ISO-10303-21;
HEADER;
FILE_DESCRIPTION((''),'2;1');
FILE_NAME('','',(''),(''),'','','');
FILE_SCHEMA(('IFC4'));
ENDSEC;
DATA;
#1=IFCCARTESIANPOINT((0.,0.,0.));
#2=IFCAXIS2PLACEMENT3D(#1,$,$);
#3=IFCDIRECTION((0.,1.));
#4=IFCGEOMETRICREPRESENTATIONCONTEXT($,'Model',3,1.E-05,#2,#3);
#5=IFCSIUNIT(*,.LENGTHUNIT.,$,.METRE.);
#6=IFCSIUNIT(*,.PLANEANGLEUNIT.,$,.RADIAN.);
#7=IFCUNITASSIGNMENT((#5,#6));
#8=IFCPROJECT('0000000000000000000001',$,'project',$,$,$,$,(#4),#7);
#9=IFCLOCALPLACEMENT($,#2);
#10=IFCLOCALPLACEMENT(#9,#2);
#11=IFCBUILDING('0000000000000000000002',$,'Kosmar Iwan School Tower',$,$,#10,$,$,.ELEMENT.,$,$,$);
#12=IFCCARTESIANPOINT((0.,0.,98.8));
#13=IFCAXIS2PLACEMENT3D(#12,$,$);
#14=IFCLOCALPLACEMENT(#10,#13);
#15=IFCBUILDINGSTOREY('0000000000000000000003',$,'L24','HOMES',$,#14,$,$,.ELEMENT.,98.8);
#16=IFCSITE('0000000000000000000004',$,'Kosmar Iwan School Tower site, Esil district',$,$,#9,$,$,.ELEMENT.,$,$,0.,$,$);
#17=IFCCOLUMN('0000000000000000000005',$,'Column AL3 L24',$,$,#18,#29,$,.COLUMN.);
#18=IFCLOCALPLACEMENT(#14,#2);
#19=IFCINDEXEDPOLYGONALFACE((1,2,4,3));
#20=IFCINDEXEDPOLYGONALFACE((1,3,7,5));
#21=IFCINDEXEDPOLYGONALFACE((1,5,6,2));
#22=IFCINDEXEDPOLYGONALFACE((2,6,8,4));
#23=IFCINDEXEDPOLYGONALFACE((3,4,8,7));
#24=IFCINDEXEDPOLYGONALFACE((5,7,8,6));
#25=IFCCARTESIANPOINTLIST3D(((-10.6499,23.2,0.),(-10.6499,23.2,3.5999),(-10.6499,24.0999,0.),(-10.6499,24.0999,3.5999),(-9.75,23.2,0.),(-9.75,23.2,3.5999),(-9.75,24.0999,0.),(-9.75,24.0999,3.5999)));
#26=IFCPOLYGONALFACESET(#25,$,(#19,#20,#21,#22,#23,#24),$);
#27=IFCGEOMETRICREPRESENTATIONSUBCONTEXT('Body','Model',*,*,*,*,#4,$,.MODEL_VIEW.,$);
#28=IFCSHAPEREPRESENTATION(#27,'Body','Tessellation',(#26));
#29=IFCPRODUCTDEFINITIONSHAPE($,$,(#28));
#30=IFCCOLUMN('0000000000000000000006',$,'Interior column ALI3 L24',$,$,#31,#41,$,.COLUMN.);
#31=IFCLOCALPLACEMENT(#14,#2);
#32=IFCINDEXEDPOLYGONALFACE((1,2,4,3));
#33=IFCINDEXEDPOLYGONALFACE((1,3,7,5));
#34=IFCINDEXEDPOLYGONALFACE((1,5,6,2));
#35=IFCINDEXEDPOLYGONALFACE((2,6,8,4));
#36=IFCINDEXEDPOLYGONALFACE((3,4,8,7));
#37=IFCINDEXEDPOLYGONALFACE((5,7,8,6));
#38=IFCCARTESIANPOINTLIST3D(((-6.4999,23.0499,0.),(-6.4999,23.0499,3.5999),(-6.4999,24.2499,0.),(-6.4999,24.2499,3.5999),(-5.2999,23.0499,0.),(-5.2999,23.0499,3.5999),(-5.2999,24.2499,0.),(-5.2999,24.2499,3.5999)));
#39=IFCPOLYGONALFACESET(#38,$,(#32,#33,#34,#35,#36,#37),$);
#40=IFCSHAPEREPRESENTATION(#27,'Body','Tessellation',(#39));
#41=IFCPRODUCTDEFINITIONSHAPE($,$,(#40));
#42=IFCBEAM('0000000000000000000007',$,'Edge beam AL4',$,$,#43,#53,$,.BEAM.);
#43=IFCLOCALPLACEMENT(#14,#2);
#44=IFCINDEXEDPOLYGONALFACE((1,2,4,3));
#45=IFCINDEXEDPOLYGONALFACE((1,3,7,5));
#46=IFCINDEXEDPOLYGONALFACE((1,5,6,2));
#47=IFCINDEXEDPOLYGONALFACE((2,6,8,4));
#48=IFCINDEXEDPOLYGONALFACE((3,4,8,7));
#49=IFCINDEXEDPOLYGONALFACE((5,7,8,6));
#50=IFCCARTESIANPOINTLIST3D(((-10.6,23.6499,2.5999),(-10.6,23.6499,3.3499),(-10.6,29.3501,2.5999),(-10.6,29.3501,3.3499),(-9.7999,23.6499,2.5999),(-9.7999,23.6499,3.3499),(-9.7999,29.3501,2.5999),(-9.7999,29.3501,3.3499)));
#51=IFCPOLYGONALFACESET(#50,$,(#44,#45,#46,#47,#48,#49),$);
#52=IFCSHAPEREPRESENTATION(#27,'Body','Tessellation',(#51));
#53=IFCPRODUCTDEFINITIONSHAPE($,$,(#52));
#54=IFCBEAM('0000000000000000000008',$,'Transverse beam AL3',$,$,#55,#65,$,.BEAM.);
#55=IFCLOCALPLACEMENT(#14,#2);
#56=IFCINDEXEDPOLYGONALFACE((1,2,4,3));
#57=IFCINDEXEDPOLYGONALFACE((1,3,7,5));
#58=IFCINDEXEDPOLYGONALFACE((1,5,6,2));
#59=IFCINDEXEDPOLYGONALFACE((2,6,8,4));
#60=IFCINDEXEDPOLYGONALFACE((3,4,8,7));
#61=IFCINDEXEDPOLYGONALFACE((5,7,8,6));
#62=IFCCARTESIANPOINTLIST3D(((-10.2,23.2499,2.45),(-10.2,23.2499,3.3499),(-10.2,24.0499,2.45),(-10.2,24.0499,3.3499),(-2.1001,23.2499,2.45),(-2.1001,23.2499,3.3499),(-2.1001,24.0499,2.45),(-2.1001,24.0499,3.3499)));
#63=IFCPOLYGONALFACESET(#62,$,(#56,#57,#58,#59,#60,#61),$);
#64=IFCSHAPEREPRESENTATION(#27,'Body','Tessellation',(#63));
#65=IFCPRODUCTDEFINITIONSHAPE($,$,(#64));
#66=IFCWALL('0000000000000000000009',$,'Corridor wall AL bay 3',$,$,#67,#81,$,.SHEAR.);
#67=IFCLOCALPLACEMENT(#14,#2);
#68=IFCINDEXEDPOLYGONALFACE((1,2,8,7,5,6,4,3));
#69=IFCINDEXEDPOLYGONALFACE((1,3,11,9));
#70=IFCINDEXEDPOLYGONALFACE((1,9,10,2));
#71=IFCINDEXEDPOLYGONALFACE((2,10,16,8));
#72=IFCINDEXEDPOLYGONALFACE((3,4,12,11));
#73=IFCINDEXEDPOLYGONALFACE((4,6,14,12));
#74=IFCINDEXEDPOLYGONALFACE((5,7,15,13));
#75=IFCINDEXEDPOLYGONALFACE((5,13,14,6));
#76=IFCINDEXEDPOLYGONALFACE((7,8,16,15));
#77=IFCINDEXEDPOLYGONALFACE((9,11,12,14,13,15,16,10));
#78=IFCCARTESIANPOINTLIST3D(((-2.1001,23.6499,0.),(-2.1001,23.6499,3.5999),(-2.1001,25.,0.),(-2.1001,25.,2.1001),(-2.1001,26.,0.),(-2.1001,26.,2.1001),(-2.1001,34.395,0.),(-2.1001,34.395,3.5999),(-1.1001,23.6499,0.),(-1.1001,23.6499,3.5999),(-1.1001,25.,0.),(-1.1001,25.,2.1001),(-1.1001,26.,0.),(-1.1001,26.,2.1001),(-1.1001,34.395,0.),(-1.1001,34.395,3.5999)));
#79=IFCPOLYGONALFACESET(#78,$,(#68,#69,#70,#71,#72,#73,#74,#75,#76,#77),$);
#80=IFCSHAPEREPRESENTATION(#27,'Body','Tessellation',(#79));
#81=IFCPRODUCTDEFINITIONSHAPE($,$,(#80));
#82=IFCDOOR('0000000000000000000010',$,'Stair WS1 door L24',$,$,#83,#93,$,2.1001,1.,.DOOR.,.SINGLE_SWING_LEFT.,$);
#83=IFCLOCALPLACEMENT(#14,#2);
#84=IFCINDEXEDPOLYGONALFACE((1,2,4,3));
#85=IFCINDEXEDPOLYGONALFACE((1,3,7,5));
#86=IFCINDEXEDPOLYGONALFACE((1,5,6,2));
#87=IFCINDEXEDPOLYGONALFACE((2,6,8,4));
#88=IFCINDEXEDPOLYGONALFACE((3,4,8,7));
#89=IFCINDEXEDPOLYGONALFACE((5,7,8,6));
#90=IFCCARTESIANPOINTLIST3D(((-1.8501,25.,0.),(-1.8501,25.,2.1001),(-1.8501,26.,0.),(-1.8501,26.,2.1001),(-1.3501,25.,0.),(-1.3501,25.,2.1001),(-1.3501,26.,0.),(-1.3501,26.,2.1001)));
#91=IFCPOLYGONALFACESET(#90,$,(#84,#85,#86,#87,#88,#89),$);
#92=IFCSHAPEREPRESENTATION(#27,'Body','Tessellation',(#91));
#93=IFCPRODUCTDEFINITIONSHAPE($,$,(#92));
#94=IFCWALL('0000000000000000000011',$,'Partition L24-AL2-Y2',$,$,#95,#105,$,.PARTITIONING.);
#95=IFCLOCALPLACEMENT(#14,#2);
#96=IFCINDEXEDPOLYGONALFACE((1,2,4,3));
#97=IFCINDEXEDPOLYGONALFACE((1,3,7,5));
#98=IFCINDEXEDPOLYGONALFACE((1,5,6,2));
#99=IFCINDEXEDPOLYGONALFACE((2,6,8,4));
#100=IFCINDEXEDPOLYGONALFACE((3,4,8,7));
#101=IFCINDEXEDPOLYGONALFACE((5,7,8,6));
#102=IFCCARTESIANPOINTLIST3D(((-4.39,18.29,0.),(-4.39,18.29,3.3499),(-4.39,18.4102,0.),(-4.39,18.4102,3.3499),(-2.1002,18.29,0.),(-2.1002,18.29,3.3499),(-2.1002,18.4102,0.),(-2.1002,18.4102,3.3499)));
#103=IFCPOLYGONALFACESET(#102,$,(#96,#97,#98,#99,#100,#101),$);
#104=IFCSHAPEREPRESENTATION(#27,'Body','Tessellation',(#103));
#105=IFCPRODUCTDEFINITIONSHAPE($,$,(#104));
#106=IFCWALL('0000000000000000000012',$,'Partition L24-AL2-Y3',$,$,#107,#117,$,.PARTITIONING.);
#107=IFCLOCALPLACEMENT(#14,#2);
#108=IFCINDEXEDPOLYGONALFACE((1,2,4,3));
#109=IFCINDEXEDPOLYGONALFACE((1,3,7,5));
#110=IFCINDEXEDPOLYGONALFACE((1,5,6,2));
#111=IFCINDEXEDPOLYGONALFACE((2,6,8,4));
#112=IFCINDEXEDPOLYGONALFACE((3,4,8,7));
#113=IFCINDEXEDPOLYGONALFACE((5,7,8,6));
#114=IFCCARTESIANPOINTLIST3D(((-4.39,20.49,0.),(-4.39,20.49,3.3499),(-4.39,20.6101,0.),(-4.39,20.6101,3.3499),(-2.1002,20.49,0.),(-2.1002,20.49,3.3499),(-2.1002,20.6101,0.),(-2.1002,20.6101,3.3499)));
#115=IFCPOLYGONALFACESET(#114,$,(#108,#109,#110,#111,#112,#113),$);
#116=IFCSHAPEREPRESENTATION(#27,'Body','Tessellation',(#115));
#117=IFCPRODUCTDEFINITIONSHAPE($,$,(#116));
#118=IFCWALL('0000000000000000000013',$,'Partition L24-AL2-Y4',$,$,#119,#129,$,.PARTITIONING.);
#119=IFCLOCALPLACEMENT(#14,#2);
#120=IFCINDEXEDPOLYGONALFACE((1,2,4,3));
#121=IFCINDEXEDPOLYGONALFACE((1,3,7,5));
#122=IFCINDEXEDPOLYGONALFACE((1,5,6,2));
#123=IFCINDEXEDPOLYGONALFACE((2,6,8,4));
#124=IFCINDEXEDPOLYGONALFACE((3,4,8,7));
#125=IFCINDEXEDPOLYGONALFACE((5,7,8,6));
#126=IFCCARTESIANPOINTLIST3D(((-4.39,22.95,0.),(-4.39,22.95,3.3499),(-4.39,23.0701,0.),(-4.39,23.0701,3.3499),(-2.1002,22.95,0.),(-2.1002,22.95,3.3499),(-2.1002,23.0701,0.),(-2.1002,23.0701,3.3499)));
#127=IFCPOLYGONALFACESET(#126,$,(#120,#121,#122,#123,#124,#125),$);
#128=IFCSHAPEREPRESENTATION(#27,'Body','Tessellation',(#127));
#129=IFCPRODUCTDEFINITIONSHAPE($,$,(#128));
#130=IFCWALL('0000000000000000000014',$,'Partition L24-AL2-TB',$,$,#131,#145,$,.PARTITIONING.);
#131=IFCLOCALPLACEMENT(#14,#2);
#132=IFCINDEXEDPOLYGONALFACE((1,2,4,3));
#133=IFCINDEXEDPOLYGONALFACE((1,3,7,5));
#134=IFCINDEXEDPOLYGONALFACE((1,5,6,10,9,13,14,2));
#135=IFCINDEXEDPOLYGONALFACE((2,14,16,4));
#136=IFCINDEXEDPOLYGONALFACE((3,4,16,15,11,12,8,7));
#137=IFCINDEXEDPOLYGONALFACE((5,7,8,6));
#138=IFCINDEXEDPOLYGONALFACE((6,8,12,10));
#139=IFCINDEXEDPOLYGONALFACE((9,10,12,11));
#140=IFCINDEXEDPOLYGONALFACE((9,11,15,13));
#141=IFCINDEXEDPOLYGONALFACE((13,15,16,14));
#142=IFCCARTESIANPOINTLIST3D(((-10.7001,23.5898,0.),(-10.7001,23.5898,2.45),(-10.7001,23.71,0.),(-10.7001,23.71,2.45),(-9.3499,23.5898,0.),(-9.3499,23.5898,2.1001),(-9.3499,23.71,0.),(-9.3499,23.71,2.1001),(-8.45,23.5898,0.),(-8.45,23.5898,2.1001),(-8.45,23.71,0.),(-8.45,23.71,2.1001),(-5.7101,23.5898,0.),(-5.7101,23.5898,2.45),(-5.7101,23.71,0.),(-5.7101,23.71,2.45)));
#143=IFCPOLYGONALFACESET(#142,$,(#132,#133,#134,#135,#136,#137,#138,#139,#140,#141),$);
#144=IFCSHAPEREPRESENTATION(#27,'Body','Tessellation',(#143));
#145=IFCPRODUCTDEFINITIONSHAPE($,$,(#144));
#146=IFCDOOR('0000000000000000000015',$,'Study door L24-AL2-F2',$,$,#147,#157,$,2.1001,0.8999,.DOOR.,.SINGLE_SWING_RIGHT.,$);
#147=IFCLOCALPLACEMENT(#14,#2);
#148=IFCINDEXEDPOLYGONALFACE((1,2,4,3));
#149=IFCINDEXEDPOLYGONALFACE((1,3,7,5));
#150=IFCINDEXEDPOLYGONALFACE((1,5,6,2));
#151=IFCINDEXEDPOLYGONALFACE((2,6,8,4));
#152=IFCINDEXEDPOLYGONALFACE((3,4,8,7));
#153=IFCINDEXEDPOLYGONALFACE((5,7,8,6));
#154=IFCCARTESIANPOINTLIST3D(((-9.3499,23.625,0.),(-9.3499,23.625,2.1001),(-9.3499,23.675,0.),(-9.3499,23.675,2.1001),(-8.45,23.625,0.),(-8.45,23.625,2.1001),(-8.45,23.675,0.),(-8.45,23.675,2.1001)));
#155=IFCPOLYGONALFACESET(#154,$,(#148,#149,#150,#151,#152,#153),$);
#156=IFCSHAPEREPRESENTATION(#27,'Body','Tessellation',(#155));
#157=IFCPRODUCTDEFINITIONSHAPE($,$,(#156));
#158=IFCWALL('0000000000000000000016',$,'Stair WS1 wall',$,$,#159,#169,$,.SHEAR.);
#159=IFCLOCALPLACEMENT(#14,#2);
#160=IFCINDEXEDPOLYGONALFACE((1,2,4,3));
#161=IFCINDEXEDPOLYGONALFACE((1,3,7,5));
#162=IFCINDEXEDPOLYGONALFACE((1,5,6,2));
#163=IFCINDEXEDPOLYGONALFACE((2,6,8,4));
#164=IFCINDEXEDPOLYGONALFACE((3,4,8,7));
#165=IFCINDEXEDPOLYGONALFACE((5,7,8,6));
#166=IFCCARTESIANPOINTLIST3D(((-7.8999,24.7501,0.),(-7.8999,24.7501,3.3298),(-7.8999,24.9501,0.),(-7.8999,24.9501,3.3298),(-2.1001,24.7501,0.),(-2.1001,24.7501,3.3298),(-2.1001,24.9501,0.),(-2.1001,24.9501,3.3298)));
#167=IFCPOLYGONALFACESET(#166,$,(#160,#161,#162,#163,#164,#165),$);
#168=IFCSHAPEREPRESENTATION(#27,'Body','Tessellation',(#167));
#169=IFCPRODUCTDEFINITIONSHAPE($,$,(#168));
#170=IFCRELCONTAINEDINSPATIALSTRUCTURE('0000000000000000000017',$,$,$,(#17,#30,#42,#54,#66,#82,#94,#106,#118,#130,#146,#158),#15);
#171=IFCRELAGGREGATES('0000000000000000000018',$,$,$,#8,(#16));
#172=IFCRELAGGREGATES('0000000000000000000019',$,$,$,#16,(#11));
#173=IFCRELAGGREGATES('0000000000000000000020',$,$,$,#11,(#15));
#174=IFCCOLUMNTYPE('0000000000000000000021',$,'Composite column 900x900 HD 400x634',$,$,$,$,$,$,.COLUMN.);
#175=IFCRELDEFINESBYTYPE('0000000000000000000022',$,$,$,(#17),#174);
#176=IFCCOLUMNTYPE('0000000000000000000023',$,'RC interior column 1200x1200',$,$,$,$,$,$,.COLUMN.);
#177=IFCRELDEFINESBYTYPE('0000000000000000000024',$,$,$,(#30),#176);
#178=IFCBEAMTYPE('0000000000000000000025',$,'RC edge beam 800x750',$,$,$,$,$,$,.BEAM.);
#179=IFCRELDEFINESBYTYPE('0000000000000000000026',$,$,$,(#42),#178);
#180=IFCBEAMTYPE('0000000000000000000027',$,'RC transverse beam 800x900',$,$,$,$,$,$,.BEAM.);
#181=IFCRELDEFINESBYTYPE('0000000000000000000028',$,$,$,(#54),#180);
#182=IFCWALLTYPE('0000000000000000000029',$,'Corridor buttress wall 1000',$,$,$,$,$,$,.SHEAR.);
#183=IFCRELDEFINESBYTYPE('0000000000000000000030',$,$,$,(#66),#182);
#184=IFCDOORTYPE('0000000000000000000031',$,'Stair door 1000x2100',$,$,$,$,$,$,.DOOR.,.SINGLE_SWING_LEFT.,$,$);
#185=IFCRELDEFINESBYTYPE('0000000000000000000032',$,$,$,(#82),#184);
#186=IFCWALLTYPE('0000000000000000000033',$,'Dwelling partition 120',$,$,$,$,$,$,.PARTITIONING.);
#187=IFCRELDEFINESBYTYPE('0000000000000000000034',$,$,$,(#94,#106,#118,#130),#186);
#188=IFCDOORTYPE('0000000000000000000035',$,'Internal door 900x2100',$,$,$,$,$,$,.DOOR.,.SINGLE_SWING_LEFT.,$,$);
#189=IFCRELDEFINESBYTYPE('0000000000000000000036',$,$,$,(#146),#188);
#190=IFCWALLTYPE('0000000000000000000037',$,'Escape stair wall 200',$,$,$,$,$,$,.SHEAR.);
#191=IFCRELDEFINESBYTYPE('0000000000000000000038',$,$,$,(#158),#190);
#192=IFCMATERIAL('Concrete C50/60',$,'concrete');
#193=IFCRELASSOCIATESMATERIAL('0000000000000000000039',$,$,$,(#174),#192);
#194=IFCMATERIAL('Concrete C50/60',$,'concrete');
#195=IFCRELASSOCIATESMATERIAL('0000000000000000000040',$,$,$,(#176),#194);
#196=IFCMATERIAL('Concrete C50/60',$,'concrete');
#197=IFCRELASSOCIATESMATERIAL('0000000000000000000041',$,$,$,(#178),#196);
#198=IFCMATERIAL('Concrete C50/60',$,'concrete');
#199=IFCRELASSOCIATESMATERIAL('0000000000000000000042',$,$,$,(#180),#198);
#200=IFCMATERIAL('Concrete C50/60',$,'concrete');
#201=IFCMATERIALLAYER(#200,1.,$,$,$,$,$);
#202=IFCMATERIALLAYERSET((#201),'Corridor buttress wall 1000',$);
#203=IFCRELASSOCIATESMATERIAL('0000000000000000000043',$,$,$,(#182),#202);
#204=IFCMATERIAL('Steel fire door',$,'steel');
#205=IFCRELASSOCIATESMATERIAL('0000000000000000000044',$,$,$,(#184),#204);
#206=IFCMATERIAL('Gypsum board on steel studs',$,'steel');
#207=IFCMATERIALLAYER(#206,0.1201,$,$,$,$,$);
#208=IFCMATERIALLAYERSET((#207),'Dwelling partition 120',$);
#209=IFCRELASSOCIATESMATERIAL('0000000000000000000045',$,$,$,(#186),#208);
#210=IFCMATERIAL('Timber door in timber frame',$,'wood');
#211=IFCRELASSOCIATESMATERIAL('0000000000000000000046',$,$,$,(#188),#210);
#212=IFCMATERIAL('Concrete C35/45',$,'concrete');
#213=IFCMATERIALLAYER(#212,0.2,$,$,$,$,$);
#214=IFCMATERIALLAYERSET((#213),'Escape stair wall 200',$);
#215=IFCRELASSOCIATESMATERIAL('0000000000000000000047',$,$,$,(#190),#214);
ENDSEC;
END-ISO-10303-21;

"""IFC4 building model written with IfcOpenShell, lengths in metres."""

from ifc_helpers import new_model, si_unit, direction, frame, frame_2d, origin, origin_2d, place, context, subcontext, project, spatial, rectangle, extrude, material, layer, layer_set, material_profile, profile_set, type_object, element, fill, save


model = new_model("IFC4")

# Units and contexts
model_context = context("Model", 3, precision=1e-05, world=origin(), true_north=direction((0.0, 1.0)))
body_context = subcontext(model_context, "Body", "Model", "MODEL_VIEW")
ifc_project = project(units=[si_unit("LENGTHUNIT", "METRE"), si_unit("PLANEANGLEUNIT", "RADIAN")], contexts=[model_context])

# Site, building, storey
site_placement = place(None, origin())
site = spatial("IfcSite", under=ifc_project, at=site_placement, Name="Kosmar Iwan School Tower site, Esil district", CompositionType="ELEMENT", RefElevation=0.0)
building_placement = place(site_placement, origin())
building = spatial("IfcBuilding", under=site, at=building_placement, Name="Kosmar Iwan School Tower", CompositionType="ELEMENT")
storey_placement = place(building_placement, frame((0.0, 0.0, 98.8)))
storey = spatial("IfcBuildingStorey", under=building, at=storey_placement, Name="L24", Description="HOMES", CompositionType="ELEMENT", Elevation=98.8)

# Columns
ifc_material_1 = material(Name="Concrete C50/60", Category="concrete")
ifc_material_profile_1 = material_profile(ifc_material_1, rectangle(XDim=0.8999, YDim=0.8999, at=origin_2d()), Name="RC 900x900 + HD 400x634")
ifc_profile_set_1 = profile_set([ifc_material_profile_1], Name="Concrete C50/60")
column_type_1 = type_object("IfcColumnType", Name="Composite column 900x900 HD 400x634", PredefinedType="COLUMN", material=ifc_profile_set_1)
column_1_placement = place(storey_placement, frame((-10.2, 23.6499, 0.0), z_axis=(0.0, 0.0, 1.0), x_axis=(0.0, 1.0, 0.0)))
element("IfcColumn", 1, at=column_1_placement, inside=storey, type_object=column_type_1, Name="Column AL3 L24", PredefinedType="COLUMN", context=body_context, shape_type="SweptSolid", body=[
    extrude(rectangle(XDim=0.8999, YDim=0.8999, at=origin_2d()), origin(), (0.0, 0.0, 1.0), 3.5999),
])
ifc_material_2 = material(Name="Concrete C50/60", Category="concrete")
ifc_material_profile_2 = material_profile(ifc_material_2, rectangle(XDim=1.2, YDim=1.2, at=origin_2d()), Name="RC 1200x1200")
ifc_profile_set_2 = profile_set([ifc_material_profile_2], Name="Concrete C50/60")
column_type_2 = type_object("IfcColumnType", Name="RC interior column 1200x1200", PredefinedType="COLUMN", material=ifc_profile_set_2)
column_2_placement = place(storey_placement, frame((-5.8999, 23.6499, 0.0), z_axis=(0.0, 0.0, 1.0), x_axis=(0.0, 1.0, 0.0)))
element("IfcColumn", 2, at=column_2_placement, inside=storey, type_object=column_type_2, Name="Interior column ALI3 L24", PredefinedType="COLUMN", context=body_context, shape_type="SweptSolid", body=[
    extrude(rectangle(XDim=1.2, YDim=1.2, at=origin_2d()), origin(), (0.0, 0.0, 1.0), 3.5999),
])

# Beams
ifc_material_3 = material(Name="Concrete C50/60", Category="concrete")
ifc_material_profile_3 = material_profile(ifc_material_3, rectangle(XDim=0.8, YDim=0.75, at=origin_2d()), Name="RC 800x750")
ifc_profile_set_3 = profile_set([ifc_material_profile_3], Name="Concrete C50/60")
beam_type_1 = type_object("IfcBeamType", Name="RC edge beam 800x750", PredefinedType="BEAM", material=ifc_profile_set_3)
beam_1_placement = place(storey_placement, frame((-10.2, 23.6499, 2.9749), z_axis=(0.0, 1.0, 0.0), x_axis=(-1.0, 0.0, 0.0)))
element("IfcBeam", 3, at=beam_1_placement, inside=storey, type_object=beam_type_1, Name="Edge beam AL4", PredefinedType="BEAM", context=body_context, shape_type="SweptSolid", body=[
    extrude(rectangle(XDim=0.8, YDim=0.75, at=origin_2d()), origin(), (0.0, 0.0, 1.0), 5.7002),
])
ifc_material_4 = material(Name="Concrete C50/60", Category="concrete")
ifc_material_profile_4 = material_profile(ifc_material_4, rectangle(XDim=0.8, YDim=0.8999, at=origin_2d()), Name="RC 800x900")
ifc_profile_set_4 = profile_set([ifc_material_profile_4], Name="Concrete C50/60")
beam_type_2 = type_object("IfcBeamType", Name="RC transverse beam 800x900", PredefinedType="BEAM", material=ifc_profile_set_4)
beam_2_placement = place(storey_placement, frame((-10.2, 23.6499, 2.8999), z_axis=(1.0, 0.0, 0.0), x_axis=(0.0, 1.0, 0.0)))
element("IfcBeam", 4, at=beam_2_placement, inside=storey, type_object=beam_type_2, Name="Transverse beam AL3", PredefinedType="BEAM", context=body_context, shape_type="SweptSolid", body=[
    extrude(rectangle(XDim=0.8, YDim=0.8999, at=origin_2d()), origin(), (0.0, 0.0, 1.0), 8.0999),
])

# Wall, opening, door
ifc_material_5 = material(Name="Concrete C50/60", Category="concrete")
ifc_layer_1 = layer(ifc_material_5, 1.0)
ifc_layer_set_1 = layer_set([ifc_layer_1], Name="Corridor buttress wall 1000")
wall_type_1 = type_object("IfcWallType", Name="Corridor buttress wall 1000", PredefinedType="SHEAR", material=ifc_layer_set_1)
wall_1_placement = place(storey_placement, frame((-1.6001, 23.6499, 0.0), z_axis=(0.0, 0.0, 1.0), x_axis=(0.0, 1.0, 0.0)))
wall_1 = element("IfcWall", 5, at=wall_1_placement, inside=storey, type_object=wall_type_1, Name="Corridor wall AL bay 3", PredefinedType="SHEAR", context=body_context, shape_type="SweptSolid", body=[
    extrude(rectangle(XDim=10.7451, YDim=1.0, at=frame_2d((5.3726, 0.0))), origin(), (0.0, 0.0, 1.0), 3.5999),
])
opening_1_placement = place(wall_1_placement, frame((1.3501, 0.0, 0.0)))
opening_1 = element("IfcOpeningElement", 6, at=opening_1_placement, cuts=wall_1, PredefinedType="OPENING", context=body_context, shape_type="SweptSolid", body=[
    extrude(rectangle(XDim=1.0, YDim=2.1001, at=frame_2d((0.5, 1.05))), frame((0.0, 0.512, 0.0), z_axis=(0.0, -1.0, 0.0), x_axis=(1.0, 0.0, 0.0)), (0.0, 0.0, 1.0), 1.0239),
])
ifc_material_6 = material(Name="Steel fire door", Category="steel")
door_type_1 = type_object("IfcDoorType", Name="Stair door 1000x2100", OperationType="SINGLE_SWING_LEFT", PredefinedType="DOOR", material=ifc_material_6)
door_1_placement = place(opening_1_placement, origin())
door_1 = element("IfcDoor", 7, at=door_1_placement, inside=storey, type_object=door_type_1, Name="Stair WS1 door L24", OperationType="SINGLE_SWING_LEFT", OverallHeight=2.1001, OverallWidth=1.0, PredefinedType="DOOR", context=body_context, shape_type="SweptSolid", body=[
    extrude(rectangle(XDim=1.0, YDim=2.1001, at=frame_2d((0.5, 1.05))), frame((0.0, 0.25, 0.0), z_axis=(0.0, -1.0, 0.0), x_axis=(1.0, 0.0, 0.0)), (0.0, 0.0, 1.0), 0.5),
])
fill(opening_1, door_1)

# Walls
ifc_material_7 = material(Name="Gypsum board on steel studs", Category="steel")
ifc_layer_2 = layer(ifc_material_7, 0.1201)
ifc_layer_set_2 = layer_set([ifc_layer_2], Name="Dwelling partition 120")
wall_type_2 = type_object("IfcWallType", Name="Dwelling partition 120", PredefinedType="PARTITIONING", material=ifc_layer_set_2)
for number, where, z_axis, x_axis, name in (
    (8, (-2.1001, 18.3501, 0.0), (0.0, 0.0, 1.0), (-1.0, 0.0, 0.0), "Partition L24-AL2-Y2"),
    (9, (-2.1001, 20.55, 0.0), (0.0, 0.0, 1.0), (-1.0, 0.0, 0.0), "Partition L24-AL2-Y3"),
    (10, (-2.1001, 23.01, 0.0), (0.0, 0.0, 1.0), (-1.0, 0.0, 0.0), "Partition L24-AL2-Y4"),
):
    element("IfcWall", number, at=place(storey_placement, frame(where, z_axis=z_axis, x_axis=x_axis)), inside=storey, type_object=wall_type_2, Name=name, PredefinedType="PARTITIONING", context=body_context, shape_type="SweptSolid", body=[
        extrude(rectangle(XDim=2.2898, YDim=0.1201, at=frame_2d((1.145, 0.0))), origin(), (0.0, 0.0, 1.0), 3.3499),
    ])

# Wall, opening, door
wall_2_placement = place(storey_placement, frame((-5.71, 23.6499, 0.0), z_axis=(0.0, 0.0, 1.0), x_axis=(-1.0, 0.0, 0.0)))
wall_2 = element("IfcWall", 11, at=wall_2_placement, inside=storey, type_object=wall_type_2, Name="Partition L24-AL2-TB", PredefinedType="PARTITIONING", context=body_context, shape_type="SweptSolid", body=[
    extrude(rectangle(XDim=4.99, YDim=0.1201, at=frame_2d((2.4951, 0.0))), origin(), (0.0, 0.0, 1.0), 2.45),
])
opening_2_placement = place(wall_2_placement, frame((2.74, 0.0, 0.0)))
opening_2 = element("IfcOpeningElement", 12, at=opening_2_placement, cuts=wall_2, PredefinedType="OPENING", context=body_context, shape_type="SweptSolid", body=[
    extrude(rectangle(XDim=0.8999, YDim=2.1001, at=frame_2d((0.45, 1.05))), frame((0.0, 0.072, 0.0), z_axis=(0.0, -1.0, 0.0), x_axis=(1.0, 0.0, 0.0)), (0.0, 0.0, 1.0), 0.144),
])
ifc_material_8 = material(Name="Timber door in timber frame", Category="wood")
door_type_2 = type_object("IfcDoorType", Name="Internal door 900x2100", OperationType="SINGLE_SWING_LEFT", PredefinedType="DOOR", material=ifc_material_8)
door_2_placement = place(opening_2_placement, origin())
door_2 = element("IfcDoor", 13, at=door_2_placement, inside=storey, type_object=door_type_2, Name="Study door L24-AL2-F2", OperationType="SINGLE_SWING_RIGHT", OverallHeight=2.1001, OverallWidth=0.8999, PredefinedType="DOOR", context=body_context, shape_type="SweptSolid", body=[
    extrude(rectangle(XDim=0.8999, YDim=2.1001, at=frame_2d((0.45, 1.05))), frame((0.0, 0.0249, 0.0), z_axis=(0.0, -1.0, 0.0), x_axis=(1.0, 0.0, 0.0)), (0.0, 0.0, 1.0), 0.05),
])
fill(opening_2, door_2)

# Wall
ifc_material_9 = material(Name="Concrete C35/45", Category="concrete")
ifc_layer_3 = layer(ifc_material_9, 0.2)
ifc_layer_set_3 = layer_set([ifc_layer_3], Name="Escape stair wall 200")
wall_type_3 = type_object("IfcWallType", Name="Escape stair wall 200", PredefinedType="SHEAR", material=ifc_layer_set_3)
wall_3_placement = place(storey_placement, frame((-2.1001, 24.8501, 0.0), z_axis=(0.0, 0.0, 1.0), x_axis=(-1.0, 0.0, 0.0)))
element("IfcWall", 14, at=wall_3_placement, inside=storey, type_object=wall_type_3, Name="Stair WS1 wall", PredefinedType="SHEAR", context=body_context, shape_type="SweptSolid", body=[
    extrude(rectangle(XDim=5.7998, YDim=0.2, at=frame_2d((2.8999, 0.0))), origin(), (0.0, 0.0, 1.0), 3.3298),
])

save(model, "model.ifc")
